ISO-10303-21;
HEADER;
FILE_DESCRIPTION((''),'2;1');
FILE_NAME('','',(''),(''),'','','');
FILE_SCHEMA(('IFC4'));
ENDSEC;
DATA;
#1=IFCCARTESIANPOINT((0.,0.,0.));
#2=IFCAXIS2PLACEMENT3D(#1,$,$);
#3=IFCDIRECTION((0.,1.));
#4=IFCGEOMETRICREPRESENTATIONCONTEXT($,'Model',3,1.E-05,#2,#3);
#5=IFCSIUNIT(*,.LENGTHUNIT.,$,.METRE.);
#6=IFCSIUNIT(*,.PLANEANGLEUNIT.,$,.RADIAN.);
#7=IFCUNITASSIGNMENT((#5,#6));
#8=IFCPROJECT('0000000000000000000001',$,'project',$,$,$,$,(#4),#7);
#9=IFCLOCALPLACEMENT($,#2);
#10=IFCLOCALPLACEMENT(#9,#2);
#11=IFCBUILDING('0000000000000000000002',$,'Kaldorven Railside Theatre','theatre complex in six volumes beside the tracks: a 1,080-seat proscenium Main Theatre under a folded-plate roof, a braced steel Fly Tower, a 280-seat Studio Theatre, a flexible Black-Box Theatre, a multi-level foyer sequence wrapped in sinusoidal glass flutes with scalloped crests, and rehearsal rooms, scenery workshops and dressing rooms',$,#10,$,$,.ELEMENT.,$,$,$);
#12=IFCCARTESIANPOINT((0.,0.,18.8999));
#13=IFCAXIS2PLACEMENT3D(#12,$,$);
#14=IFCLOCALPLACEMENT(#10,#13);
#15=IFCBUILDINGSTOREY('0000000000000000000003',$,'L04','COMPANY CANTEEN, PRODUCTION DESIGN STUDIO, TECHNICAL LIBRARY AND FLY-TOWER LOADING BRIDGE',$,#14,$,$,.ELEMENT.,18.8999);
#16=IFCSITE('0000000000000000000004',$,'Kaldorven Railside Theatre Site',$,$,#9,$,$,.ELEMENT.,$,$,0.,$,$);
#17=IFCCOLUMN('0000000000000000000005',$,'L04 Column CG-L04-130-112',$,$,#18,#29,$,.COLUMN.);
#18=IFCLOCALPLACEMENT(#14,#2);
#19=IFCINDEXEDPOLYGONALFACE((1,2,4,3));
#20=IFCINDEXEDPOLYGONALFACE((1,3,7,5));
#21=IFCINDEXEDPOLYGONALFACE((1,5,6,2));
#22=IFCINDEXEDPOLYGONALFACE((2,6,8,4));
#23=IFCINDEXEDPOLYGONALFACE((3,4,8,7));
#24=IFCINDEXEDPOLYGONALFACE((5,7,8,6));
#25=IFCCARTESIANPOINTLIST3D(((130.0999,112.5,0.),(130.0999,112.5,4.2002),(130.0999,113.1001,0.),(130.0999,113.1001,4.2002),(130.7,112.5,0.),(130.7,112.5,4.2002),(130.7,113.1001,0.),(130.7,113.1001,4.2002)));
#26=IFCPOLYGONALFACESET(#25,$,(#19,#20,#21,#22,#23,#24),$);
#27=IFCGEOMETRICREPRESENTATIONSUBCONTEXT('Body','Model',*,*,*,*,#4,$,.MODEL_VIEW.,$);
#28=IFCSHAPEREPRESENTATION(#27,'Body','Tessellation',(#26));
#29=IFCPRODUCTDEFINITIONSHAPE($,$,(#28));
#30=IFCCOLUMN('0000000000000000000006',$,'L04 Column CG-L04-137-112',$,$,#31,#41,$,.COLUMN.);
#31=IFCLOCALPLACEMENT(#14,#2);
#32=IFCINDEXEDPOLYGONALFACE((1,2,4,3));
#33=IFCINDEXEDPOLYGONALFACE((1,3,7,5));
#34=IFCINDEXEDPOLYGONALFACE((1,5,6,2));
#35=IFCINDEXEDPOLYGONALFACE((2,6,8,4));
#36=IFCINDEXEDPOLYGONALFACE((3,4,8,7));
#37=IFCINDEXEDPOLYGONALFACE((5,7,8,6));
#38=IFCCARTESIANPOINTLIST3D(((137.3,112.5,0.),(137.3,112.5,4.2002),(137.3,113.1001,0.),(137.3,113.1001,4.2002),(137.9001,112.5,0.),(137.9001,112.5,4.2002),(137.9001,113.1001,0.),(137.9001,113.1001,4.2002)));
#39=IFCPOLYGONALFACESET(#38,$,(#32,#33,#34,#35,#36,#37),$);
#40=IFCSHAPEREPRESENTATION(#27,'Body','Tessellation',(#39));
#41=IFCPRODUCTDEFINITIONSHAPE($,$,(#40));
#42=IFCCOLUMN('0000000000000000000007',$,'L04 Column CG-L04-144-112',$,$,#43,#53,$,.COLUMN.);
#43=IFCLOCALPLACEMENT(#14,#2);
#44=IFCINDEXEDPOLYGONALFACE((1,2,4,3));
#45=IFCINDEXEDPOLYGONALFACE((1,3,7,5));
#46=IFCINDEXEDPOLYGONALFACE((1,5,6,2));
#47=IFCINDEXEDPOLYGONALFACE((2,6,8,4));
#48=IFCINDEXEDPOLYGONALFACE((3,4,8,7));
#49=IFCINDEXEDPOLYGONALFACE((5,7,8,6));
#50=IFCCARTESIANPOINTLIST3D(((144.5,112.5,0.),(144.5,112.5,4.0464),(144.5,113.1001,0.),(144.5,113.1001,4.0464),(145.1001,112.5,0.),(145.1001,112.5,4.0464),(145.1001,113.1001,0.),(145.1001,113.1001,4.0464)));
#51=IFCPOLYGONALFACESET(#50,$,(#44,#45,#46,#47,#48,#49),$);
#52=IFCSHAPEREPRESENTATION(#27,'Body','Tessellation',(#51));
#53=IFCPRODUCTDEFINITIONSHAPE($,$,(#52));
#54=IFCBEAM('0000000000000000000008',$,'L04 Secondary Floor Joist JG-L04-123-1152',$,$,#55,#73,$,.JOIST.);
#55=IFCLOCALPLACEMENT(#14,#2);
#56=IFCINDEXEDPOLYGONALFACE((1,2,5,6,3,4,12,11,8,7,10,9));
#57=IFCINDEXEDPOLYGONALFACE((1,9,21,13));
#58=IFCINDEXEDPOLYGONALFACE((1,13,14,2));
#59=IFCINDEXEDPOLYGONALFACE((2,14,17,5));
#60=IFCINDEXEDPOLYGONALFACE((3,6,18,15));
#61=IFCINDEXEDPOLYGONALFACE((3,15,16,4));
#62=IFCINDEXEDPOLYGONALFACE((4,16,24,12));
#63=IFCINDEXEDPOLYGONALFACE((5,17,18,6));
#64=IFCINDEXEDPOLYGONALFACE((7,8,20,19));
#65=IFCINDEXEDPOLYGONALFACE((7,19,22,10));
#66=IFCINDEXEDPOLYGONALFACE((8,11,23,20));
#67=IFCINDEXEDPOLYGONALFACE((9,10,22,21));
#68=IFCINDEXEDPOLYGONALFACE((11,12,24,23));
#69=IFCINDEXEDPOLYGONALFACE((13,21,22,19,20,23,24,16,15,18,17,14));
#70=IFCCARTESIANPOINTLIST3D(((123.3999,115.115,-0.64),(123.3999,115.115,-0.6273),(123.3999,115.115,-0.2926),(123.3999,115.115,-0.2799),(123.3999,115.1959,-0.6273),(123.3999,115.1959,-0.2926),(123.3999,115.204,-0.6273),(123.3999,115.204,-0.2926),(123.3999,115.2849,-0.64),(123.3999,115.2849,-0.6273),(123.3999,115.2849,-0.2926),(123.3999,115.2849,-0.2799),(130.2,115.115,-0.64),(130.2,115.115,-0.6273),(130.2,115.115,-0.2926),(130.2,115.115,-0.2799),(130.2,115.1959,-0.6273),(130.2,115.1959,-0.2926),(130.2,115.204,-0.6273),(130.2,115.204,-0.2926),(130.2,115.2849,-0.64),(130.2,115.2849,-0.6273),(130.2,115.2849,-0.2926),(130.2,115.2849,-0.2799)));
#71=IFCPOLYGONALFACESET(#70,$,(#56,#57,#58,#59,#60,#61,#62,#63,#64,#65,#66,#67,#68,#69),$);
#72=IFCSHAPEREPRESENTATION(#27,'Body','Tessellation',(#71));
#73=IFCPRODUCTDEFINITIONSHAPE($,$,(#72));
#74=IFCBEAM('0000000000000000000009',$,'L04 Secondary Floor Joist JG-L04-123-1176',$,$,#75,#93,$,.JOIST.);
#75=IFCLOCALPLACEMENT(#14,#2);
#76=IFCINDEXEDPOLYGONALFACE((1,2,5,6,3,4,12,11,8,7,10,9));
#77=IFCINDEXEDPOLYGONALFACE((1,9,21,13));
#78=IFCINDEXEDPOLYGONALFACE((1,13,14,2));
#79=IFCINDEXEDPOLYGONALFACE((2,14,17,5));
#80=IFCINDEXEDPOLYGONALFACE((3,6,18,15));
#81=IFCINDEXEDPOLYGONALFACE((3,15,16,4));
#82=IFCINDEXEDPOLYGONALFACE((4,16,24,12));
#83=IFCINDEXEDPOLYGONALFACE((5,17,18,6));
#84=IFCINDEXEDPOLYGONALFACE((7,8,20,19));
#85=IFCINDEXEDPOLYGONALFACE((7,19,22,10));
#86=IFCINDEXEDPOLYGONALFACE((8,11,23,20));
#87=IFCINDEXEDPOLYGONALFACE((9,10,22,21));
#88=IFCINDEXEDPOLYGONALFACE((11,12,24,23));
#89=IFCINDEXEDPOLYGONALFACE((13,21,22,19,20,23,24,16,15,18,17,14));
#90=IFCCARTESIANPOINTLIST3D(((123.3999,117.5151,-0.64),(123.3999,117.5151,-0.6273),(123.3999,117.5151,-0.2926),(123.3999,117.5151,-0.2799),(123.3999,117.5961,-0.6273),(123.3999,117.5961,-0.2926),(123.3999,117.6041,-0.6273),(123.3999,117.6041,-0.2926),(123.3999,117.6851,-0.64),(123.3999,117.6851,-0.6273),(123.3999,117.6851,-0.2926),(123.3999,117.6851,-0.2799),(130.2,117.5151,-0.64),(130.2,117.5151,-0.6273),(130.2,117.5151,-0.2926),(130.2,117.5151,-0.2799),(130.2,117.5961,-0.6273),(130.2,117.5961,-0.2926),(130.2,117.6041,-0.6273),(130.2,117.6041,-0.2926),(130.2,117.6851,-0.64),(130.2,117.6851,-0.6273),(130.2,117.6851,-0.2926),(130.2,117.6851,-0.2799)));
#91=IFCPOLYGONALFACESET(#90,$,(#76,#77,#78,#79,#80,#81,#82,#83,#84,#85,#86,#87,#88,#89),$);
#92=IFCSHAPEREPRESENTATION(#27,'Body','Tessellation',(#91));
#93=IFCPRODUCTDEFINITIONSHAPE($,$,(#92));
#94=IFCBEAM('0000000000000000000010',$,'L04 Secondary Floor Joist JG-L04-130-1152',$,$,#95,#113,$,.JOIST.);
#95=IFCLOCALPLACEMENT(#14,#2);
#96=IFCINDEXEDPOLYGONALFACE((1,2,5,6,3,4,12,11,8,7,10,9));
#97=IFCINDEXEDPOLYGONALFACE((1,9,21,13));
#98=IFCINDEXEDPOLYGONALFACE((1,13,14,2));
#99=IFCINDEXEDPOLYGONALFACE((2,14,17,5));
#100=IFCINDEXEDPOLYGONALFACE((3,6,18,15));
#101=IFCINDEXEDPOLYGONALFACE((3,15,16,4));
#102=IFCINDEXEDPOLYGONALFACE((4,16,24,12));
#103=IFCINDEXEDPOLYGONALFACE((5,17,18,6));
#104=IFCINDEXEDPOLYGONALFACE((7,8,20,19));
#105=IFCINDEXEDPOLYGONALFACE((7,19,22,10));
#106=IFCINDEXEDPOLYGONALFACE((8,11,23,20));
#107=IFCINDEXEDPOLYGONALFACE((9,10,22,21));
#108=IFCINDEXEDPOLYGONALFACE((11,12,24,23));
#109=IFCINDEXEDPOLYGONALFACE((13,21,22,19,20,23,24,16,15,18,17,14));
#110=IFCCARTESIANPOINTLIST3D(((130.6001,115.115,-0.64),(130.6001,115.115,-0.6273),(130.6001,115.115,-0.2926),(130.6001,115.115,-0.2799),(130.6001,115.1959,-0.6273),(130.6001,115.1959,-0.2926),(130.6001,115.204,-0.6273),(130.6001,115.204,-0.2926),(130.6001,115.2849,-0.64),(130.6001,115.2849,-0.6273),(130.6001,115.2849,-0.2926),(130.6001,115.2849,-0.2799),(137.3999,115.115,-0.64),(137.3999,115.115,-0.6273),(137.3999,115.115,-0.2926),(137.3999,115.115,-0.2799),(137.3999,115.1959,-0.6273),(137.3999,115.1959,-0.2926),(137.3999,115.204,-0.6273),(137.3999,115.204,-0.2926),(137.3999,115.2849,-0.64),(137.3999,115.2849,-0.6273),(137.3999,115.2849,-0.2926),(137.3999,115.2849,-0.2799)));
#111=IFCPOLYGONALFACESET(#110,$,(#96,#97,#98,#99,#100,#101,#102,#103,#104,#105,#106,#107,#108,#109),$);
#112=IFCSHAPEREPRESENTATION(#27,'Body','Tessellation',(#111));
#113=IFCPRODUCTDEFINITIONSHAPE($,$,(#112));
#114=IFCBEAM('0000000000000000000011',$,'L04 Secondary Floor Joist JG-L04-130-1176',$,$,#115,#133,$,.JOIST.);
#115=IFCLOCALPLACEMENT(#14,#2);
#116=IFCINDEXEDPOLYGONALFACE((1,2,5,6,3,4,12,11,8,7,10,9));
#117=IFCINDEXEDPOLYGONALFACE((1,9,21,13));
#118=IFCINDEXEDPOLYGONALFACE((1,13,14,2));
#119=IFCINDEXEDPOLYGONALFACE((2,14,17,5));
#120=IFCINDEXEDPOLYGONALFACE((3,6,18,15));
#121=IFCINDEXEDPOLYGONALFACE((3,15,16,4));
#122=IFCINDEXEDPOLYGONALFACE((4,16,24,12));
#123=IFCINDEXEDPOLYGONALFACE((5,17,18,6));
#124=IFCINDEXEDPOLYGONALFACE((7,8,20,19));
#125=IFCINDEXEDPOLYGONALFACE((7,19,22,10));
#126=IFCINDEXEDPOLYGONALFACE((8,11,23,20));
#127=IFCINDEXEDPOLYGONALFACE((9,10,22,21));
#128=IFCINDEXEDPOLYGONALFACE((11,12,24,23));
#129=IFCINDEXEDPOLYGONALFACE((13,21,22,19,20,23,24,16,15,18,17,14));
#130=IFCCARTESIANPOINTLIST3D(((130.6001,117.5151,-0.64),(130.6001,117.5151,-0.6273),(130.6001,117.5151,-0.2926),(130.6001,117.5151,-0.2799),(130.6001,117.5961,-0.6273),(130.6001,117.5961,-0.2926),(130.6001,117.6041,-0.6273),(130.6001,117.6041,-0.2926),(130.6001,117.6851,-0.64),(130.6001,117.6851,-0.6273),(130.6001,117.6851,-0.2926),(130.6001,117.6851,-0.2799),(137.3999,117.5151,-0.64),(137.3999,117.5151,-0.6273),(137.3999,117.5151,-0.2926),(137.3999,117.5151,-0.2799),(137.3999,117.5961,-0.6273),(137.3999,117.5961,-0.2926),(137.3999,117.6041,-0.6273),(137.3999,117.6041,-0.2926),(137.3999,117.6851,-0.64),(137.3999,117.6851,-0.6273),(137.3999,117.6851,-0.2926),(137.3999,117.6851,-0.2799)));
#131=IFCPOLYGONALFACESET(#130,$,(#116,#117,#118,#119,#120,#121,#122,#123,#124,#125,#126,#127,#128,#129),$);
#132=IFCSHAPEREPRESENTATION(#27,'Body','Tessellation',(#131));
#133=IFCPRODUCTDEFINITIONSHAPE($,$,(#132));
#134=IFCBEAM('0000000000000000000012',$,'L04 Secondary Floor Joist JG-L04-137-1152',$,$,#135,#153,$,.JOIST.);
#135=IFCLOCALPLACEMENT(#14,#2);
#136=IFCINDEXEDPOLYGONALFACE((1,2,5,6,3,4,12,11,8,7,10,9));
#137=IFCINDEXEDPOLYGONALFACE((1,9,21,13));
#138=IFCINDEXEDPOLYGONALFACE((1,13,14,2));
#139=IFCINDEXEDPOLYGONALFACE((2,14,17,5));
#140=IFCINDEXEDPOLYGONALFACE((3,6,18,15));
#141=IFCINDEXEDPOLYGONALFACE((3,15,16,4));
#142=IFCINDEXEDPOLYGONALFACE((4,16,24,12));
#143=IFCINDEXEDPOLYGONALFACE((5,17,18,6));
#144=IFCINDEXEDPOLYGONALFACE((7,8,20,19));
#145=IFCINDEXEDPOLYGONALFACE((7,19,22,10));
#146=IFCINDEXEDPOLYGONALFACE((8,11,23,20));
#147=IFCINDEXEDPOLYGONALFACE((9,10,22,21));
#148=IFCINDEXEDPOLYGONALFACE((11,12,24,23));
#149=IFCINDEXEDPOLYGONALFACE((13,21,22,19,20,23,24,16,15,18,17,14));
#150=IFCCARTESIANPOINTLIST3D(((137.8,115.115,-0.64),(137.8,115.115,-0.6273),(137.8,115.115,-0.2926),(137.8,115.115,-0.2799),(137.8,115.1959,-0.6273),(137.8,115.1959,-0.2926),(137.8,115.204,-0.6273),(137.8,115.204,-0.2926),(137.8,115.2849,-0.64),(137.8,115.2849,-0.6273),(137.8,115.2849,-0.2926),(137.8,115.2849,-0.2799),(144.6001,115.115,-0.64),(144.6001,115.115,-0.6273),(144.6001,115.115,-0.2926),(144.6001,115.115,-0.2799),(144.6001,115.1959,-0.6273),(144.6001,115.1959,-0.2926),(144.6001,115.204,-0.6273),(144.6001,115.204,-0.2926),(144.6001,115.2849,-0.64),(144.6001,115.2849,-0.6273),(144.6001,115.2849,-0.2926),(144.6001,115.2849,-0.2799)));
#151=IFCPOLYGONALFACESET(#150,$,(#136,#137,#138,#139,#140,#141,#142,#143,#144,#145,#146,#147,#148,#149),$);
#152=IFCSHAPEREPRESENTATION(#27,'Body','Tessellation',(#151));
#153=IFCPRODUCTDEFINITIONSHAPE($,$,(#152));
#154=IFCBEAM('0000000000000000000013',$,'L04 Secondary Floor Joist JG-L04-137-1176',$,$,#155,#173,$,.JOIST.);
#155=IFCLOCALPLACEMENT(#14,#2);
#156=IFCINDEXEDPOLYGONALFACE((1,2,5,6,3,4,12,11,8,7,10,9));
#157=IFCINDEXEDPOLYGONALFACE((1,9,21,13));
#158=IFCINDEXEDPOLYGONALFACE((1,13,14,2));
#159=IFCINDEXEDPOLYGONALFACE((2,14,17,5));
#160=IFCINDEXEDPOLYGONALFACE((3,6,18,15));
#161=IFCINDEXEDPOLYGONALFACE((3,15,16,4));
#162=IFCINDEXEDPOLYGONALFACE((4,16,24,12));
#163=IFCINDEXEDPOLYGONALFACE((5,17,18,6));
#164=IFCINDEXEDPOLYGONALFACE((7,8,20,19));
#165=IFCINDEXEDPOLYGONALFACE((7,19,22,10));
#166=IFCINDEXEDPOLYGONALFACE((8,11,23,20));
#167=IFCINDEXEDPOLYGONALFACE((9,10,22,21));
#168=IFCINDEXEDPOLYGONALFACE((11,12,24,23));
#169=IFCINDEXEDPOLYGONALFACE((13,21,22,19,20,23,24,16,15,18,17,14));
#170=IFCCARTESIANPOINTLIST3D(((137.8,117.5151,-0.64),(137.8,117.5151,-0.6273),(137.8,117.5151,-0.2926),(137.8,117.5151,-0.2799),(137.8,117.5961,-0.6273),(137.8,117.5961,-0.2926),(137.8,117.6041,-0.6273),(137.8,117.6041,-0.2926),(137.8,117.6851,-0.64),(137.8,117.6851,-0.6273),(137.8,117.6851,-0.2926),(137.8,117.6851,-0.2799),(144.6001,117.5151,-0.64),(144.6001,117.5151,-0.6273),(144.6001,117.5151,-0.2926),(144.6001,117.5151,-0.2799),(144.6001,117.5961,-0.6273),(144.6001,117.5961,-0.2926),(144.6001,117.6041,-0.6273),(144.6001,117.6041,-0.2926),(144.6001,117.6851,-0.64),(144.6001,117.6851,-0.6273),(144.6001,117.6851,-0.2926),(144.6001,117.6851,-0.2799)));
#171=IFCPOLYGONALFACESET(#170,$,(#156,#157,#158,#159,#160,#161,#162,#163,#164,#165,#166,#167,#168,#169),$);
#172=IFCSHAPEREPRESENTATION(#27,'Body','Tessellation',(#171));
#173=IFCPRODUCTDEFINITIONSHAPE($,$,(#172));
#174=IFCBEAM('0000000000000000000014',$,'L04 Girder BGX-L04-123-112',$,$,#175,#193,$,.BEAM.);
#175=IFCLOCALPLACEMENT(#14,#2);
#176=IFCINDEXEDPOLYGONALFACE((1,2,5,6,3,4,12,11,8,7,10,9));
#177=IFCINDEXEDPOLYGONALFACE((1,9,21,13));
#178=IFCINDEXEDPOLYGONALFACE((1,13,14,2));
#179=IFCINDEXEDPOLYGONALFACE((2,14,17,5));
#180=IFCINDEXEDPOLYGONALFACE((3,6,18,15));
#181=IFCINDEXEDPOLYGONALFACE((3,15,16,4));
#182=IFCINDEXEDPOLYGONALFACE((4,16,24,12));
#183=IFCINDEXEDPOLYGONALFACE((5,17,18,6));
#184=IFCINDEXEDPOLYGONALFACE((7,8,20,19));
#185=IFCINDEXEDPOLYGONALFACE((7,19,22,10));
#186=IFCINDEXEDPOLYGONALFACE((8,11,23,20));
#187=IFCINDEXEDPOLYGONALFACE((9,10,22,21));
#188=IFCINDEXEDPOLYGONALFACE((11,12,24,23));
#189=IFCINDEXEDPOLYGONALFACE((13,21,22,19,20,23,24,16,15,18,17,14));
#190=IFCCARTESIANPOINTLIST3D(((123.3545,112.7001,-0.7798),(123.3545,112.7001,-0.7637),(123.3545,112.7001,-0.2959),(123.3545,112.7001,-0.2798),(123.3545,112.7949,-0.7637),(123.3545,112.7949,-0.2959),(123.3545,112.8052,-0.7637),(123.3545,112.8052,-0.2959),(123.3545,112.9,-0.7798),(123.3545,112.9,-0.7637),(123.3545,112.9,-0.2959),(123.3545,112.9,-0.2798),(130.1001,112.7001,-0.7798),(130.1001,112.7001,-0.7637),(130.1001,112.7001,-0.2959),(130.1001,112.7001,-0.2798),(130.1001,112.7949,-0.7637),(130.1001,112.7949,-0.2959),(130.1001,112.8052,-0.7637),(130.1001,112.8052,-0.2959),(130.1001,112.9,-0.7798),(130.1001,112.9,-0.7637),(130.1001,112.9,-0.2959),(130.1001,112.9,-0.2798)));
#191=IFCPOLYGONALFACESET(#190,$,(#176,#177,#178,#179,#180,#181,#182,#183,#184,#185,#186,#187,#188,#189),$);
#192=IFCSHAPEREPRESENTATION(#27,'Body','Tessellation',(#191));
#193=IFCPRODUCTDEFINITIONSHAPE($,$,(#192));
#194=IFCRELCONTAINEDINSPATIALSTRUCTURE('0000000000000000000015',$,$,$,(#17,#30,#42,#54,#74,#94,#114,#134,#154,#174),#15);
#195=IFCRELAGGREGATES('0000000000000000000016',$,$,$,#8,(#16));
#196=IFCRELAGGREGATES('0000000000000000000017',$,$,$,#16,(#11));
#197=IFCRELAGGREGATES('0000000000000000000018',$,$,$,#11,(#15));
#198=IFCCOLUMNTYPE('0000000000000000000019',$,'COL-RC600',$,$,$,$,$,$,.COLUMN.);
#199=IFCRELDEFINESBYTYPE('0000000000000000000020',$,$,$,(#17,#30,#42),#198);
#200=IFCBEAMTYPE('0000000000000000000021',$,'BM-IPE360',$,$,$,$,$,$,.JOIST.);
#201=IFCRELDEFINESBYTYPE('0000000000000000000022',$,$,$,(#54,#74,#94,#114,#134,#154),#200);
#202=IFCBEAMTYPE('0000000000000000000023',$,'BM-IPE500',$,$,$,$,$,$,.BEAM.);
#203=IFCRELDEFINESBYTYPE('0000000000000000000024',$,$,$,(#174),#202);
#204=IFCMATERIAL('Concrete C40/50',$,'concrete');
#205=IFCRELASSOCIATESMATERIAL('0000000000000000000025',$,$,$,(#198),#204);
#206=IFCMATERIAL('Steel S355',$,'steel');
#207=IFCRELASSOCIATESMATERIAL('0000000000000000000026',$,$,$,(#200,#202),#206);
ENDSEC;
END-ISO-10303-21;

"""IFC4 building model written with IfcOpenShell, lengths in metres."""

from ifc_helpers import new_model, si_unit, direction, frame, origin, origin_2d, place, context, subcontext, project, spatial, rectangle, i_section, extrude, material, material_profile, profile_set, type_object, element, save


model = new_model("IFC4")

# Units and contexts
model_context = context("Model", 3, precision=1e-05, world=origin(), true_north=direction((0.0, 1.0)))
body_context = subcontext(model_context, "Body", "Model", "MODEL_VIEW")
ifc_project = project(units=[si_unit("LENGTHUNIT", "METRE"), si_unit("PLANEANGLEUNIT", "RADIAN")], contexts=[model_context])

# Site, building, storey
site_placement = place(None, origin())
site = spatial("IfcSite", under=ifc_project, at=site_placement, Name="Kaldorven Railside Theatre Site", CompositionType="ELEMENT", RefElevation=0.0)
building_placement = place(site_placement, origin())
building = spatial("IfcBuilding", under=site, at=building_placement, Name="Kaldorven Railside Theatre", Description="theatre complex in six volumes beside the tracks: a 1,080-seat proscenium Main Theatre under a folded-plate roof, a braced steel Fly Tower, a 280-seat Studio Theatre, a flexible Black-Box Theatre, a multi-level foyer sequence wrapped in sinusoidal glass flutes with scalloped crests, and rehearsal rooms, scenery workshops and dressing rooms", CompositionType="ELEMENT")
storey_placement = place(building_placement, frame((0.0, 0.0, 18.8999)))
storey = spatial("IfcBuildingStorey", under=building, at=storey_placement, Name="L04", Description="COMPANY CANTEEN, PRODUCTION DESIGN STUDIO, TECHNICAL LIBRARY AND FLY-TOWER LOADING BRIDGE", CompositionType="ELEMENT", Elevation=18.8999)

# Columns
ifc_material_1 = material(Name="Concrete C40/50", Category="concrete")
ifc_material_profile_1 = material_profile(ifc_material_1, rectangle(XDim=0.6001, YDim=0.6001, at=origin_2d()), Name="RC 600x600")
ifc_profile_set_1 = profile_set([ifc_material_profile_1], Name="Concrete C40/50")
column_type = type_object("IfcColumnType", Name="COL-RC600", PredefinedType="COLUMN", material=ifc_profile_set_1)
for number, where, z_axis, x_axis, name in (
    (1, (130.3999, 112.8, 0.0), (0.0, 0.0, 1.0), (0.0, 1.0, 0.0), "L04 Column CG-L04-130-112"),
    (2, (137.6001, 112.8, 0.0), (0.0, 0.0, 1.0), (1.0, 0.0, 0.0), "L04 Column CG-L04-137-112"),
):
    element("IfcColumn", number, at=place(storey_placement, frame(where, z_axis=z_axis, x_axis=x_axis)), inside=storey, type_object=column_type, Name=name, PredefinedType="COLUMN", context=body_context, shape_type="SweptSolid", body=[
        extrude(rectangle(XDim=0.6001, YDim=0.6001, at=origin_2d()), origin(), (0.0, 0.0, 1.0), 4.2002),
    ])
column_placement = place(storey_placement, frame((144.8, 112.8, 0.0), z_axis=(0.0, 0.0, 1.0), x_axis=(0.0, 1.0, 0.0)))
element("IfcColumn", 3, at=column_placement, inside=storey, type_object=column_type, Name="L04 Column CG-L04-144-112", PredefinedType="COLUMN", context=body_context, shape_type="SweptSolid", body=[
    extrude(rectangle(XDim=0.6001, YDim=0.6001, at=origin_2d()), origin(), (0.0, 0.0, 1.0), 4.0464),
])

# Beams
ifc_material_2 = material(Name="Steel S355", Category="steel")
ifc_material_profile_2 = material_profile(ifc_material_2, i_section(OverallWidth=0.1699, OverallDepth=0.3601, WebThickness=0.0081, FlangeThickness=0.0127, at=origin_2d()), Name="IPE 360")
ifc_profile_set_2 = profile_set([ifc_material_profile_2], Name="Steel S355")
beam_type_1 = type_object("IfcBeamType", Name="BM-IPE360", PredefinedType="JOIST", material=ifc_profile_set_2)
for number, where, z_axis, x_axis, name in (
    (4, (123.3999, 115.2, -0.46), (1.0, 0.0, 0.0), (0.0, 1.0, 0.0), "L04 Secondary Floor Joist JG-L04-123-1152"),
    (5, (123.3999, 117.6001, -0.46), (1.0, 0.0, 0.0), (0.0, 1.0, 0.0), "L04 Secondary Floor Joist JG-L04-123-1176"),
):
    element("IfcBeam", number, at=place(storey_placement, frame(where, z_axis=z_axis, x_axis=x_axis)), inside=storey, type_object=beam_type_1, Name=name, PredefinedType="JOIST", context=body_context, shape_type="SweptSolid", body=[
        extrude(i_section(OverallWidth=0.1699, OverallDepth=0.3601, WebThickness=0.0081, FlangeThickness=0.0127, at=origin_2d()), origin(), (0.0, 0.0, 1.0), 6.8),
    ])
for number, where, z_axis, x_axis, name in (
    (6, (130.6001, 115.2, -0.46), (1.0, 0.0, 0.0), (0.0, 1.0, 0.0), "L04 Secondary Floor Joist JG-L04-130-1152"),
    (7, (130.6001, 117.6001, -0.46), (1.0, 0.0, 0.0), (0.0, 1.0, 0.0), "L04 Secondary Floor Joist JG-L04-130-1176"),
):
    element("IfcBeam", number, at=place(storey_placement, frame(where, z_axis=z_axis, x_axis=x_axis)), inside=storey, type_object=beam_type_1, Name=name, PredefinedType="JOIST", context=body_context, shape_type="SweptSolid", body=[
        extrude(i_section(OverallWidth=0.1699, OverallDepth=0.3601, WebThickness=0.0081, FlangeThickness=0.0127, at=origin_2d()), origin(), (0.0, 0.0, 1.0), 6.7998),
    ])
for number, where, z_axis, x_axis, name in (
    (8, (137.8, 115.2, -0.46), (1.0, 0.0, 0.0), (0.0, 1.0, 0.0), "L04 Secondary Floor Joist JG-L04-137-1152"),
    (9, (137.8, 117.6001, -0.46), (1.0, 0.0, 0.0), (0.0, 1.0, 0.0), "L04 Secondary Floor Joist JG-L04-137-1176"),
):
    element("IfcBeam", number, at=place(storey_placement, frame(where, z_axis=z_axis, x_axis=x_axis)), inside=storey, type_object=beam_type_1, Name=name, PredefinedType="JOIST", context=body_context, shape_type="SweptSolid", body=[
        extrude(i_section(OverallWidth=0.1699, OverallDepth=0.3601, WebThickness=0.0081, FlangeThickness=0.0127, at=origin_2d()), origin(), (0.0, 0.0, 1.0), 6.8),
    ])
ifc_material_profile_3 = material_profile(ifc_material_2, i_section(OverallWidth=0.2, OverallDepth=0.5, WebThickness=0.0103, FlangeThickness=0.0161, at=origin_2d()), Name="IPE 500")
ifc_profile_set_3 = profile_set([ifc_material_profile_3], Name="Steel S355")
beam_type_2 = type_object("IfcBeamType", Name="BM-IPE500", PredefinedType="BEAM", material=ifc_profile_set_3)
beam_placement = place(storey_placement, frame((123.3545, 112.8, -0.5298), z_axis=(1.0, 0.0, 0.0), x_axis=(0.0, 1.0, 0.0)))
element("IfcBeam", 10, at=beam_placement, inside=storey, type_object=beam_type_2, Name="L04 Girder BGX-L04-123-112", PredefinedType="BEAM", context=body_context, shape_type="SweptSolid", body=[
    extrude(i_section(OverallWidth=0.2, OverallDepth=0.5, WebThickness=0.0103, FlangeThickness=0.0161, at=origin_2d()), origin(), (0.0, 0.0, 1.0), 6.7456),
])

save(model, "model.ifc")
